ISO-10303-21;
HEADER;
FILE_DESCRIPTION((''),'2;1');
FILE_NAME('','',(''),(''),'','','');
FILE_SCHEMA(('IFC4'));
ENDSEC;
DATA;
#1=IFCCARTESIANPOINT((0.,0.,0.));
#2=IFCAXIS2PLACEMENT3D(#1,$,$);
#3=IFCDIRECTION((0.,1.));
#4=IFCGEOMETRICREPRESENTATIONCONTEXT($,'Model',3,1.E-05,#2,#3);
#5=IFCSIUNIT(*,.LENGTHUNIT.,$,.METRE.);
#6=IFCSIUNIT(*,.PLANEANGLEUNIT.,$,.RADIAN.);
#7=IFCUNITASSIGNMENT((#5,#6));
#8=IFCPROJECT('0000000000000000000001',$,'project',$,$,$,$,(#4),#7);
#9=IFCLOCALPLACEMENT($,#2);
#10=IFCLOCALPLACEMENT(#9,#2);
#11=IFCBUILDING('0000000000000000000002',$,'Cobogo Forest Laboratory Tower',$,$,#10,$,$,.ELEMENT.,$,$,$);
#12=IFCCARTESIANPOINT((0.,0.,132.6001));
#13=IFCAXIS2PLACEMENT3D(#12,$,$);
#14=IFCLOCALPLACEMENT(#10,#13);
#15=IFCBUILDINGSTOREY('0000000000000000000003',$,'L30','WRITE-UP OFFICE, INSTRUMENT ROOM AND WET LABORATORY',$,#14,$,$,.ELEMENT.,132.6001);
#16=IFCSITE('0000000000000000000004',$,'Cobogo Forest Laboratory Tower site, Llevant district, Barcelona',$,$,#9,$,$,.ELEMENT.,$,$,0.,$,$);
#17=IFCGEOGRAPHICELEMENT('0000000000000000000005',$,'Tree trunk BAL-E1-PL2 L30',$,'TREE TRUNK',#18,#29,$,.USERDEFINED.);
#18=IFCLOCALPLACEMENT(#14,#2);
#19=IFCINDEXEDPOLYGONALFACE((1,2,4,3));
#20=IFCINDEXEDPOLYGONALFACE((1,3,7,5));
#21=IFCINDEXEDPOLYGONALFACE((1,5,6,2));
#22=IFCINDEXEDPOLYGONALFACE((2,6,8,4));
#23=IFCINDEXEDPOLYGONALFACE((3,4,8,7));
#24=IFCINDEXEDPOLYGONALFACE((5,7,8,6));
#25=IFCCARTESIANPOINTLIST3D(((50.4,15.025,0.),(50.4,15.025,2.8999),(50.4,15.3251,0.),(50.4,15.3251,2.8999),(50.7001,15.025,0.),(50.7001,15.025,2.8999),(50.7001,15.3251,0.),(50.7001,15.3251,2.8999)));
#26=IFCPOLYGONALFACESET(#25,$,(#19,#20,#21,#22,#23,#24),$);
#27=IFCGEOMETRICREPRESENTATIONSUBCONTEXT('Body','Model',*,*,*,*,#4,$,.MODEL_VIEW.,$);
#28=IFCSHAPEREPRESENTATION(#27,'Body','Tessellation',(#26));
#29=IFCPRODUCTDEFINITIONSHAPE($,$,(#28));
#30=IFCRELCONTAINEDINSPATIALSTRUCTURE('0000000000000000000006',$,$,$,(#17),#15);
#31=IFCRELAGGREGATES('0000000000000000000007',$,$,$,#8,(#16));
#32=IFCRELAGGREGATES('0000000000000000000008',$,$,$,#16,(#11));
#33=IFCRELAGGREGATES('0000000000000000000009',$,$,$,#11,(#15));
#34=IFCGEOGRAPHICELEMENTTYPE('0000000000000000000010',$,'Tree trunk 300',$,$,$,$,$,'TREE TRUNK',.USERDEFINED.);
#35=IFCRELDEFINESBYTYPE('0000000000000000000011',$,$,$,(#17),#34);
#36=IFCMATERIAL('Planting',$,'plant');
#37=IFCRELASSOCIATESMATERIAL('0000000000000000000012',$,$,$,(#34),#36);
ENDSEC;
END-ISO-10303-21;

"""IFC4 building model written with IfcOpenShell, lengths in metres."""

from ifc_helpers import new_model, si_unit, direction, frame, origin, origin_2d, place, context, subcontext, project, spatial, rectangle, extrude, material, type_object, element, save


model = new_model("IFC4")

# Units and contexts
model_context = context("Model", 3, precision=1e-05, world=origin(), true_north=direction((0.0, 1.0)))
body_context = subcontext(model_context, "Body", "Model", "MODEL_VIEW")
ifc_project = project(units=[si_unit("LENGTHUNIT", "METRE"), si_unit("PLANEANGLEUNIT", "RADIAN")], contexts=[model_context])

# Site, building, storey
site_placement = place(None, origin())
site = spatial("IfcSite", under=ifc_project, at=site_placement, Name="Cobogo Forest Laboratory Tower site, Llevant district, Barcelona", CompositionType="ELEMENT", RefElevation=0.0)
building_placement = place(site_placement, origin())
building = spatial("IfcBuilding", under=site, at=building_placement, Name="Cobogo Forest Laboratory Tower", CompositionType="ELEMENT")
storey_placement = place(building_placement, frame((0.0, 0.0, 132.6001)))
storey = spatial("IfcBuildingStorey", under=building, at=storey_placement, Name="L30", Description="WRITE-UP OFFICE, INSTRUMENT ROOM AND WET LABORATORY", CompositionType="ELEMENT", Elevation=132.6001)

# Geographic element
ifc_material_1 = material(Name="Planting", Category="plant")
geographic_element_type = type_object("IfcGeographicElementType", Name="Tree trunk 300", ElementType="TREE TRUNK", PredefinedType="USERDEFINED", material=ifc_material_1)
geographic_element_placement = place(storey_placement, frame((50.55, 15.175, 0.0), z_axis=(0.0, 0.0, 1.0), x_axis=(1.0, 0.0, 0.0)))
element("IfcGeographicElement", 1, at=geographic_element_placement, inside=storey, type_object=geographic_element_type, Name="Tree trunk BAL-E1-PL2 L30", ObjectType="TREE TRUNK", PredefinedType="USERDEFINED", context=body_context, shape_type="SweptSolid", body=[
    extrude(rectangle(XDim=0.3, YDim=0.3, at=origin_2d()), origin(), (0.0, 0.0, 1.0), 2.8999),
])

save(model, "model.ifc")
